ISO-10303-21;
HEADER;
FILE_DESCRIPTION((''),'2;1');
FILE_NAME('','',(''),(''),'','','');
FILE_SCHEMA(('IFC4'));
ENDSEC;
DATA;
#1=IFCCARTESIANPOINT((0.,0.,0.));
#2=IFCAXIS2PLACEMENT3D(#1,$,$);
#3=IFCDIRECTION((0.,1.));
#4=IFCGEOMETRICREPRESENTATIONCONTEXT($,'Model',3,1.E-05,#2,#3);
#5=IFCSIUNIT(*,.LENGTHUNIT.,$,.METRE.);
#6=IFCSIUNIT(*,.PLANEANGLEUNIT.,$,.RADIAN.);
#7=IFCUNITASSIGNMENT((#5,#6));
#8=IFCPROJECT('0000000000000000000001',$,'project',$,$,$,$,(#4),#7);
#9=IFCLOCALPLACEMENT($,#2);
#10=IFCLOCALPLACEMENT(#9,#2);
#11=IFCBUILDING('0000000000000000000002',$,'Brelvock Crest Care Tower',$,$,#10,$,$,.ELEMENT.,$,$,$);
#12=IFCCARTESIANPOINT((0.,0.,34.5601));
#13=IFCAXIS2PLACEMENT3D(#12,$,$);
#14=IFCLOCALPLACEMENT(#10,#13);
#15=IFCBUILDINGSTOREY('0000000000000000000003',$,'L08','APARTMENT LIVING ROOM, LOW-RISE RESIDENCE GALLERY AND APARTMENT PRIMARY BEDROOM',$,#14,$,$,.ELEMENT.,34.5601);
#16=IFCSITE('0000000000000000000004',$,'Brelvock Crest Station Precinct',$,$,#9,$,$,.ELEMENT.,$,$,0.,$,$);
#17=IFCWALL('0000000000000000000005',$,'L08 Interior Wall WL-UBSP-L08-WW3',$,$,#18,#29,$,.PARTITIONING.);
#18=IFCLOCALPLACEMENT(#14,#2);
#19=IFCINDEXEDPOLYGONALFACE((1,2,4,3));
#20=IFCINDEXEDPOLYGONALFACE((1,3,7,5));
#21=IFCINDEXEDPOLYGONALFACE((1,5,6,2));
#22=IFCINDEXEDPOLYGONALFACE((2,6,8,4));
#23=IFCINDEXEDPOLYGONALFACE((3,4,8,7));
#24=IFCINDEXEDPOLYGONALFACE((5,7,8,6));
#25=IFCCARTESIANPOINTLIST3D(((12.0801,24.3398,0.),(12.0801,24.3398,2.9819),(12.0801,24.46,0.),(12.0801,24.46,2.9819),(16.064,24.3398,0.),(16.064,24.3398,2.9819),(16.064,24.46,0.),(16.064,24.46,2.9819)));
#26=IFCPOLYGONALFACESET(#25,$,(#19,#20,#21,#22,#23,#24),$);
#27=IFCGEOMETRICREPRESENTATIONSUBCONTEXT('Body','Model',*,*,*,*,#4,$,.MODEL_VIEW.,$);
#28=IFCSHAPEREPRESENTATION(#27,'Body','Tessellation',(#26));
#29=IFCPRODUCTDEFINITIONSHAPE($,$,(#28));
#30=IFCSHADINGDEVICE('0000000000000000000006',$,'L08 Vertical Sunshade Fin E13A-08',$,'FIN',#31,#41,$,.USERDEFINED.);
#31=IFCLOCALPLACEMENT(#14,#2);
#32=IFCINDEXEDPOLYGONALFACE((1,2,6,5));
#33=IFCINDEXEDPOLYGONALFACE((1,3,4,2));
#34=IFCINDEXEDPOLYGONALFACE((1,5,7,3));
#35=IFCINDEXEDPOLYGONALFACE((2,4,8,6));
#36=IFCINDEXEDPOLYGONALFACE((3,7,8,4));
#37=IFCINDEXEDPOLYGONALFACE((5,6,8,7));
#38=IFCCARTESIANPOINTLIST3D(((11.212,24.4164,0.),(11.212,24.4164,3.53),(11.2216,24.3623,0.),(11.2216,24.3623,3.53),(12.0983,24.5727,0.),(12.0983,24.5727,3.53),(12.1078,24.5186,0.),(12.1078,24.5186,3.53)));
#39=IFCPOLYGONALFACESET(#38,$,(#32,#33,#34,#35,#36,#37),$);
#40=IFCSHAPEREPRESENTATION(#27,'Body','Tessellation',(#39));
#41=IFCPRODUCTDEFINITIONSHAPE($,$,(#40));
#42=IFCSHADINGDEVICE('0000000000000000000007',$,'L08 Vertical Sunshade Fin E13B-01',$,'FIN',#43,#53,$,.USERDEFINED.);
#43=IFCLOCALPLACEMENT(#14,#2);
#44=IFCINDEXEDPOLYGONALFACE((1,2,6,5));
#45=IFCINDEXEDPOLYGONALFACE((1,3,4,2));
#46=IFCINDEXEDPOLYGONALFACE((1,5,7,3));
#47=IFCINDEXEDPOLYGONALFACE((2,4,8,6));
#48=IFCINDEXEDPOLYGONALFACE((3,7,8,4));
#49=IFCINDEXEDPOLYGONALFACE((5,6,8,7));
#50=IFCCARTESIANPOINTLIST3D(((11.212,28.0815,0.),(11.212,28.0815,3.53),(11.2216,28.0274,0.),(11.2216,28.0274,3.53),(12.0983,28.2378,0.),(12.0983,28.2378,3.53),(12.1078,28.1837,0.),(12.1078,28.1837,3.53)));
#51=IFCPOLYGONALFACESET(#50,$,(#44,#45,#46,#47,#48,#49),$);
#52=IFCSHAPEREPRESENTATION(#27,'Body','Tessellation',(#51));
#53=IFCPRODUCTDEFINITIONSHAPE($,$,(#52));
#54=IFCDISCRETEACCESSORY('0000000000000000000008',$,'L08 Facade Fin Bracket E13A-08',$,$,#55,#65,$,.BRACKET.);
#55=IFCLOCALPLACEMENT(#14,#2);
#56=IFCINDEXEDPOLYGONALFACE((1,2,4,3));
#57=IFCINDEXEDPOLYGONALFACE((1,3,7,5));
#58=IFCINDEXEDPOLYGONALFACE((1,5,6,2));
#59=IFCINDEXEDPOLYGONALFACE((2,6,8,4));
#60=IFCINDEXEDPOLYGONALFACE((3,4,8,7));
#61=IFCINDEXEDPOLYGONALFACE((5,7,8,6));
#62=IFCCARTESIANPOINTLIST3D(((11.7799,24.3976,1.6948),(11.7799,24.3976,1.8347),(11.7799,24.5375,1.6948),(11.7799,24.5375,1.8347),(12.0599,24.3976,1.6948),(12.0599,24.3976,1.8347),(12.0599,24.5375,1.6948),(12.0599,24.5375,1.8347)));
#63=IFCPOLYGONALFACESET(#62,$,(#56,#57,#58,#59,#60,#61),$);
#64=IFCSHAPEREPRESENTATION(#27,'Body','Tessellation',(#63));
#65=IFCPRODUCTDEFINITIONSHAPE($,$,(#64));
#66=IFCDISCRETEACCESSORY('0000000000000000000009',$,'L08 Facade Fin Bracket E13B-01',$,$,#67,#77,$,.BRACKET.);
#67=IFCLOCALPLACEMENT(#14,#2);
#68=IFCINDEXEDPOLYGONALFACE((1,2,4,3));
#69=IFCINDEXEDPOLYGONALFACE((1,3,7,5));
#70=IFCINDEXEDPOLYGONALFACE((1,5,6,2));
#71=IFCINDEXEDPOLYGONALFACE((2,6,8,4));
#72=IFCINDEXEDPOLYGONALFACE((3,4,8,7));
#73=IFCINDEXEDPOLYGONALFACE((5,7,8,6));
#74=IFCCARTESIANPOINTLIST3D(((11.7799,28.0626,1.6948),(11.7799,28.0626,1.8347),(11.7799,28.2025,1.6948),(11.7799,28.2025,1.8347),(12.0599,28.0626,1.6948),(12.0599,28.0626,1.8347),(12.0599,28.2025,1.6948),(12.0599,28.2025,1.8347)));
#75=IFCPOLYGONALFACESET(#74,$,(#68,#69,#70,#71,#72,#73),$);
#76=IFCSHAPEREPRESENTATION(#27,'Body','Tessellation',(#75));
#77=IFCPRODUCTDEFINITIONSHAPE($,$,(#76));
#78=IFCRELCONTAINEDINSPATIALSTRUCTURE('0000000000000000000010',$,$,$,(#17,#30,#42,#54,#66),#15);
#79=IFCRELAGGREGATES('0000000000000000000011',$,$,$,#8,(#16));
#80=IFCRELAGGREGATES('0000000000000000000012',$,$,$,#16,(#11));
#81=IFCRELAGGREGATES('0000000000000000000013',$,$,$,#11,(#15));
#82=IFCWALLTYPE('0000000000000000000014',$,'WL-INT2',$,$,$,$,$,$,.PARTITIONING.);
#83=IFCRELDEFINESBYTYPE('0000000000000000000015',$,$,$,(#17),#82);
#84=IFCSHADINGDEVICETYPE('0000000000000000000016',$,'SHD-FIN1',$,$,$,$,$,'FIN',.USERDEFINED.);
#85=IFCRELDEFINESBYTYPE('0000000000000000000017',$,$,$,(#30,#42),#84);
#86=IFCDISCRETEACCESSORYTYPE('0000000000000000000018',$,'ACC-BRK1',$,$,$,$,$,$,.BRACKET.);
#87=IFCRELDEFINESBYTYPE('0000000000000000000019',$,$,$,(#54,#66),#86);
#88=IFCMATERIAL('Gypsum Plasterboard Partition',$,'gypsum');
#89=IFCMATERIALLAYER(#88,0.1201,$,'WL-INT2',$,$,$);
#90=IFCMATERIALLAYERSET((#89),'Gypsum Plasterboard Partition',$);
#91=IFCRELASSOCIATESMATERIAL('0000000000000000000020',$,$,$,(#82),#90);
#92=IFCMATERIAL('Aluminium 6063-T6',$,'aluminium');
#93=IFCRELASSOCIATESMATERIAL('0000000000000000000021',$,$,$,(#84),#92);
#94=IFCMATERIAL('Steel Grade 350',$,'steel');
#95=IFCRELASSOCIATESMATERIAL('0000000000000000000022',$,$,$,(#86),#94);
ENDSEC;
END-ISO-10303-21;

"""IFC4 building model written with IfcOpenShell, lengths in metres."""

from ifc_helpers import new_model, si_unit, direction, frame, frame_2d, origin, origin_2d, place, context, subcontext, project, spatial, rectangle, extrude, source, transform, mapped, material, layer, layer_set, material_profile, profile_set, type_object, element, save


model = new_model("IFC4")

# Units and contexts
model_context = context("Model", 3, precision=1e-05, world=origin(), true_north=direction((0.0, 1.0)))
body_context = subcontext(model_context, "Body", "Model", "MODEL_VIEW")
ifc_project = project(units=[si_unit("LENGTHUNIT", "METRE"), si_unit("PLANEANGLEUNIT", "RADIAN")], contexts=[model_context])

# Site, building, storey
site_placement = place(None, origin())
site = spatial("IfcSite", under=ifc_project, at=site_placement, Name="Brelvock Crest Station Precinct", CompositionType="ELEMENT", RefElevation=0.0)
building_placement = place(site_placement, origin())
building = spatial("IfcBuilding", under=site, at=building_placement, Name="Brelvock Crest Care Tower", CompositionType="ELEMENT")
storey_placement = place(building_placement, frame((0.0, 0.0, 34.5601)))
storey = spatial("IfcBuildingStorey", under=building, at=storey_placement, Name="L08", Description="APARTMENT LIVING ROOM, LOW-RISE RESIDENCE GALLERY AND APARTMENT PRIMARY BEDROOM", CompositionType="ELEMENT", Elevation=34.5601)

# Shared definitions
ifc_material_1 = material(Name="Steel Grade 350", Category="steel")

# Shared definitions
ifc_material_2 = material(Name="Aluminium 6063-T6", Category="aluminium")

# Wall
ifc_material_3 = material(Name="Gypsum Plasterboard Partition", Category="gypsum")
ifc_layer_1 = layer(ifc_material_3, 0.1201, Name="WL-INT2")
ifc_layer_set_1 = layer_set([ifc_layer_1], Name="Gypsum Plasterboard Partition")
wall_type_1 = type_object("IfcWallType", Name="WL-INT2", PredefinedType="PARTITIONING", material=ifc_layer_set_1)
wall_1_placement = place(storey_placement, frame((12.0801, 24.3999, 0.0), z_axis=(0.0, 0.0, 1.0), x_axis=(1.0, 0.0, 0.0)))
element("IfcWall", 1, at=wall_1_placement, inside=storey, type_object=wall_type_1, Name="L08 Interior Wall WL-UBSP-L08-WW3", PredefinedType="PARTITIONING", context=body_context, shape_type="SweptSolid", body=[
    extrude(rectangle(XDim=3.9839, YDim=0.1201, at=frame_2d((1.9919, 0.0))), origin(), (0.0, 0.0, 1.0), 2.9819),
])

# Shading devices
ifc_material_profile_1 = material_profile(ifc_material_2, rectangle(XDim=0.0549, YDim=0.8999, at=origin_2d()), Name="FIN55x900")
ifc_profile_set_1 = profile_set([ifc_material_profile_1], Name="Aluminium 6063-T6")
shading_device_type = type_object("IfcShadingDeviceType", Name="SHD-FIN1", ElementType="FIN", PredefinedType="USERDEFINED", material=ifc_profile_set_1)
shared_shape_1 = source(origin(), body_context, "Body", "SweptSolid", [
    extrude(rectangle(XDim=0.0549, YDim=0.8999, at=origin_2d()), origin(), (0.0, 0.0, 1.0), 3.53),
])
for number, where, z_axis, x_axis, name in (
    (2, (11.6599, 24.4675, 0.0), (0.0, 0.0, 1.0), (-0.173648, 0.984808, 0.0), "L08 Vertical Sunshade Fin E13A-08"),
    (3, (11.6599, 28.1326, 0.0), (0.0, 0.0, 1.0), (-0.173648, 0.984808, 0.0), "L08 Vertical Sunshade Fin E13B-01"),
):
    element("IfcShadingDevice", number, at=place(storey_placement, frame(where, z_axis=z_axis, x_axis=x_axis)), inside=storey, type_object=shading_device_type, Name=name, ObjectType="FIN", PredefinedType="USERDEFINED", context=body_context, shape_type="MappedRepresentation", body=[
        mapped(shared_shape_1, transform((0.0, 0.0, 0.0), x_axis=(1.0, 0.0, 0.0), y_axis=(0.0, 1.0, 0.0), z_axis=(0.0, 0.0, 1.0), scale=1.0)),
    ])

# Discrete accessories
discrete_accessory_type = type_object("IfcDiscreteAccessoryType", Name="ACC-BRK1", PredefinedType="BRACKET", material=ifc_material_1)
shared_shape_2 = source(origin(), body_context, "Body", "SweptSolid", [
    extrude(rectangle(XDim=0.28, YDim=0.1399, at=origin_2d()), origin(), (0.0, 0.0, 1.0), 0.1399),
])
for number, where, z_axis, x_axis, name in (
    (4, (11.9199, 24.4675, 1.6948), (0.0, 0.0, 1.0), (-1.0, 0.0, 0.0), "L08 Facade Fin Bracket E13A-08"),
    (5, (11.9199, 28.1326, 1.6948), (0.0, 0.0, 1.0), (-1.0, 0.0, 0.0), "L08 Facade Fin Bracket E13B-01"),
):
    element("IfcDiscreteAccessory", number, at=place(storey_placement, frame(where, z_axis=z_axis, x_axis=x_axis)), inside=storey, type_object=discrete_accessory_type, Name=name, PredefinedType="BRACKET", context=body_context, shape_type="MappedRepresentation", body=[
        mapped(shared_shape_2, transform((0.0, 0.0, 0.0), x_axis=(1.0, 0.0, 0.0), y_axis=(0.0, 1.0, 0.0), z_axis=(0.0, 0.0, 1.0), scale=1.0)),
    ])

save(model, "model.ifc")
